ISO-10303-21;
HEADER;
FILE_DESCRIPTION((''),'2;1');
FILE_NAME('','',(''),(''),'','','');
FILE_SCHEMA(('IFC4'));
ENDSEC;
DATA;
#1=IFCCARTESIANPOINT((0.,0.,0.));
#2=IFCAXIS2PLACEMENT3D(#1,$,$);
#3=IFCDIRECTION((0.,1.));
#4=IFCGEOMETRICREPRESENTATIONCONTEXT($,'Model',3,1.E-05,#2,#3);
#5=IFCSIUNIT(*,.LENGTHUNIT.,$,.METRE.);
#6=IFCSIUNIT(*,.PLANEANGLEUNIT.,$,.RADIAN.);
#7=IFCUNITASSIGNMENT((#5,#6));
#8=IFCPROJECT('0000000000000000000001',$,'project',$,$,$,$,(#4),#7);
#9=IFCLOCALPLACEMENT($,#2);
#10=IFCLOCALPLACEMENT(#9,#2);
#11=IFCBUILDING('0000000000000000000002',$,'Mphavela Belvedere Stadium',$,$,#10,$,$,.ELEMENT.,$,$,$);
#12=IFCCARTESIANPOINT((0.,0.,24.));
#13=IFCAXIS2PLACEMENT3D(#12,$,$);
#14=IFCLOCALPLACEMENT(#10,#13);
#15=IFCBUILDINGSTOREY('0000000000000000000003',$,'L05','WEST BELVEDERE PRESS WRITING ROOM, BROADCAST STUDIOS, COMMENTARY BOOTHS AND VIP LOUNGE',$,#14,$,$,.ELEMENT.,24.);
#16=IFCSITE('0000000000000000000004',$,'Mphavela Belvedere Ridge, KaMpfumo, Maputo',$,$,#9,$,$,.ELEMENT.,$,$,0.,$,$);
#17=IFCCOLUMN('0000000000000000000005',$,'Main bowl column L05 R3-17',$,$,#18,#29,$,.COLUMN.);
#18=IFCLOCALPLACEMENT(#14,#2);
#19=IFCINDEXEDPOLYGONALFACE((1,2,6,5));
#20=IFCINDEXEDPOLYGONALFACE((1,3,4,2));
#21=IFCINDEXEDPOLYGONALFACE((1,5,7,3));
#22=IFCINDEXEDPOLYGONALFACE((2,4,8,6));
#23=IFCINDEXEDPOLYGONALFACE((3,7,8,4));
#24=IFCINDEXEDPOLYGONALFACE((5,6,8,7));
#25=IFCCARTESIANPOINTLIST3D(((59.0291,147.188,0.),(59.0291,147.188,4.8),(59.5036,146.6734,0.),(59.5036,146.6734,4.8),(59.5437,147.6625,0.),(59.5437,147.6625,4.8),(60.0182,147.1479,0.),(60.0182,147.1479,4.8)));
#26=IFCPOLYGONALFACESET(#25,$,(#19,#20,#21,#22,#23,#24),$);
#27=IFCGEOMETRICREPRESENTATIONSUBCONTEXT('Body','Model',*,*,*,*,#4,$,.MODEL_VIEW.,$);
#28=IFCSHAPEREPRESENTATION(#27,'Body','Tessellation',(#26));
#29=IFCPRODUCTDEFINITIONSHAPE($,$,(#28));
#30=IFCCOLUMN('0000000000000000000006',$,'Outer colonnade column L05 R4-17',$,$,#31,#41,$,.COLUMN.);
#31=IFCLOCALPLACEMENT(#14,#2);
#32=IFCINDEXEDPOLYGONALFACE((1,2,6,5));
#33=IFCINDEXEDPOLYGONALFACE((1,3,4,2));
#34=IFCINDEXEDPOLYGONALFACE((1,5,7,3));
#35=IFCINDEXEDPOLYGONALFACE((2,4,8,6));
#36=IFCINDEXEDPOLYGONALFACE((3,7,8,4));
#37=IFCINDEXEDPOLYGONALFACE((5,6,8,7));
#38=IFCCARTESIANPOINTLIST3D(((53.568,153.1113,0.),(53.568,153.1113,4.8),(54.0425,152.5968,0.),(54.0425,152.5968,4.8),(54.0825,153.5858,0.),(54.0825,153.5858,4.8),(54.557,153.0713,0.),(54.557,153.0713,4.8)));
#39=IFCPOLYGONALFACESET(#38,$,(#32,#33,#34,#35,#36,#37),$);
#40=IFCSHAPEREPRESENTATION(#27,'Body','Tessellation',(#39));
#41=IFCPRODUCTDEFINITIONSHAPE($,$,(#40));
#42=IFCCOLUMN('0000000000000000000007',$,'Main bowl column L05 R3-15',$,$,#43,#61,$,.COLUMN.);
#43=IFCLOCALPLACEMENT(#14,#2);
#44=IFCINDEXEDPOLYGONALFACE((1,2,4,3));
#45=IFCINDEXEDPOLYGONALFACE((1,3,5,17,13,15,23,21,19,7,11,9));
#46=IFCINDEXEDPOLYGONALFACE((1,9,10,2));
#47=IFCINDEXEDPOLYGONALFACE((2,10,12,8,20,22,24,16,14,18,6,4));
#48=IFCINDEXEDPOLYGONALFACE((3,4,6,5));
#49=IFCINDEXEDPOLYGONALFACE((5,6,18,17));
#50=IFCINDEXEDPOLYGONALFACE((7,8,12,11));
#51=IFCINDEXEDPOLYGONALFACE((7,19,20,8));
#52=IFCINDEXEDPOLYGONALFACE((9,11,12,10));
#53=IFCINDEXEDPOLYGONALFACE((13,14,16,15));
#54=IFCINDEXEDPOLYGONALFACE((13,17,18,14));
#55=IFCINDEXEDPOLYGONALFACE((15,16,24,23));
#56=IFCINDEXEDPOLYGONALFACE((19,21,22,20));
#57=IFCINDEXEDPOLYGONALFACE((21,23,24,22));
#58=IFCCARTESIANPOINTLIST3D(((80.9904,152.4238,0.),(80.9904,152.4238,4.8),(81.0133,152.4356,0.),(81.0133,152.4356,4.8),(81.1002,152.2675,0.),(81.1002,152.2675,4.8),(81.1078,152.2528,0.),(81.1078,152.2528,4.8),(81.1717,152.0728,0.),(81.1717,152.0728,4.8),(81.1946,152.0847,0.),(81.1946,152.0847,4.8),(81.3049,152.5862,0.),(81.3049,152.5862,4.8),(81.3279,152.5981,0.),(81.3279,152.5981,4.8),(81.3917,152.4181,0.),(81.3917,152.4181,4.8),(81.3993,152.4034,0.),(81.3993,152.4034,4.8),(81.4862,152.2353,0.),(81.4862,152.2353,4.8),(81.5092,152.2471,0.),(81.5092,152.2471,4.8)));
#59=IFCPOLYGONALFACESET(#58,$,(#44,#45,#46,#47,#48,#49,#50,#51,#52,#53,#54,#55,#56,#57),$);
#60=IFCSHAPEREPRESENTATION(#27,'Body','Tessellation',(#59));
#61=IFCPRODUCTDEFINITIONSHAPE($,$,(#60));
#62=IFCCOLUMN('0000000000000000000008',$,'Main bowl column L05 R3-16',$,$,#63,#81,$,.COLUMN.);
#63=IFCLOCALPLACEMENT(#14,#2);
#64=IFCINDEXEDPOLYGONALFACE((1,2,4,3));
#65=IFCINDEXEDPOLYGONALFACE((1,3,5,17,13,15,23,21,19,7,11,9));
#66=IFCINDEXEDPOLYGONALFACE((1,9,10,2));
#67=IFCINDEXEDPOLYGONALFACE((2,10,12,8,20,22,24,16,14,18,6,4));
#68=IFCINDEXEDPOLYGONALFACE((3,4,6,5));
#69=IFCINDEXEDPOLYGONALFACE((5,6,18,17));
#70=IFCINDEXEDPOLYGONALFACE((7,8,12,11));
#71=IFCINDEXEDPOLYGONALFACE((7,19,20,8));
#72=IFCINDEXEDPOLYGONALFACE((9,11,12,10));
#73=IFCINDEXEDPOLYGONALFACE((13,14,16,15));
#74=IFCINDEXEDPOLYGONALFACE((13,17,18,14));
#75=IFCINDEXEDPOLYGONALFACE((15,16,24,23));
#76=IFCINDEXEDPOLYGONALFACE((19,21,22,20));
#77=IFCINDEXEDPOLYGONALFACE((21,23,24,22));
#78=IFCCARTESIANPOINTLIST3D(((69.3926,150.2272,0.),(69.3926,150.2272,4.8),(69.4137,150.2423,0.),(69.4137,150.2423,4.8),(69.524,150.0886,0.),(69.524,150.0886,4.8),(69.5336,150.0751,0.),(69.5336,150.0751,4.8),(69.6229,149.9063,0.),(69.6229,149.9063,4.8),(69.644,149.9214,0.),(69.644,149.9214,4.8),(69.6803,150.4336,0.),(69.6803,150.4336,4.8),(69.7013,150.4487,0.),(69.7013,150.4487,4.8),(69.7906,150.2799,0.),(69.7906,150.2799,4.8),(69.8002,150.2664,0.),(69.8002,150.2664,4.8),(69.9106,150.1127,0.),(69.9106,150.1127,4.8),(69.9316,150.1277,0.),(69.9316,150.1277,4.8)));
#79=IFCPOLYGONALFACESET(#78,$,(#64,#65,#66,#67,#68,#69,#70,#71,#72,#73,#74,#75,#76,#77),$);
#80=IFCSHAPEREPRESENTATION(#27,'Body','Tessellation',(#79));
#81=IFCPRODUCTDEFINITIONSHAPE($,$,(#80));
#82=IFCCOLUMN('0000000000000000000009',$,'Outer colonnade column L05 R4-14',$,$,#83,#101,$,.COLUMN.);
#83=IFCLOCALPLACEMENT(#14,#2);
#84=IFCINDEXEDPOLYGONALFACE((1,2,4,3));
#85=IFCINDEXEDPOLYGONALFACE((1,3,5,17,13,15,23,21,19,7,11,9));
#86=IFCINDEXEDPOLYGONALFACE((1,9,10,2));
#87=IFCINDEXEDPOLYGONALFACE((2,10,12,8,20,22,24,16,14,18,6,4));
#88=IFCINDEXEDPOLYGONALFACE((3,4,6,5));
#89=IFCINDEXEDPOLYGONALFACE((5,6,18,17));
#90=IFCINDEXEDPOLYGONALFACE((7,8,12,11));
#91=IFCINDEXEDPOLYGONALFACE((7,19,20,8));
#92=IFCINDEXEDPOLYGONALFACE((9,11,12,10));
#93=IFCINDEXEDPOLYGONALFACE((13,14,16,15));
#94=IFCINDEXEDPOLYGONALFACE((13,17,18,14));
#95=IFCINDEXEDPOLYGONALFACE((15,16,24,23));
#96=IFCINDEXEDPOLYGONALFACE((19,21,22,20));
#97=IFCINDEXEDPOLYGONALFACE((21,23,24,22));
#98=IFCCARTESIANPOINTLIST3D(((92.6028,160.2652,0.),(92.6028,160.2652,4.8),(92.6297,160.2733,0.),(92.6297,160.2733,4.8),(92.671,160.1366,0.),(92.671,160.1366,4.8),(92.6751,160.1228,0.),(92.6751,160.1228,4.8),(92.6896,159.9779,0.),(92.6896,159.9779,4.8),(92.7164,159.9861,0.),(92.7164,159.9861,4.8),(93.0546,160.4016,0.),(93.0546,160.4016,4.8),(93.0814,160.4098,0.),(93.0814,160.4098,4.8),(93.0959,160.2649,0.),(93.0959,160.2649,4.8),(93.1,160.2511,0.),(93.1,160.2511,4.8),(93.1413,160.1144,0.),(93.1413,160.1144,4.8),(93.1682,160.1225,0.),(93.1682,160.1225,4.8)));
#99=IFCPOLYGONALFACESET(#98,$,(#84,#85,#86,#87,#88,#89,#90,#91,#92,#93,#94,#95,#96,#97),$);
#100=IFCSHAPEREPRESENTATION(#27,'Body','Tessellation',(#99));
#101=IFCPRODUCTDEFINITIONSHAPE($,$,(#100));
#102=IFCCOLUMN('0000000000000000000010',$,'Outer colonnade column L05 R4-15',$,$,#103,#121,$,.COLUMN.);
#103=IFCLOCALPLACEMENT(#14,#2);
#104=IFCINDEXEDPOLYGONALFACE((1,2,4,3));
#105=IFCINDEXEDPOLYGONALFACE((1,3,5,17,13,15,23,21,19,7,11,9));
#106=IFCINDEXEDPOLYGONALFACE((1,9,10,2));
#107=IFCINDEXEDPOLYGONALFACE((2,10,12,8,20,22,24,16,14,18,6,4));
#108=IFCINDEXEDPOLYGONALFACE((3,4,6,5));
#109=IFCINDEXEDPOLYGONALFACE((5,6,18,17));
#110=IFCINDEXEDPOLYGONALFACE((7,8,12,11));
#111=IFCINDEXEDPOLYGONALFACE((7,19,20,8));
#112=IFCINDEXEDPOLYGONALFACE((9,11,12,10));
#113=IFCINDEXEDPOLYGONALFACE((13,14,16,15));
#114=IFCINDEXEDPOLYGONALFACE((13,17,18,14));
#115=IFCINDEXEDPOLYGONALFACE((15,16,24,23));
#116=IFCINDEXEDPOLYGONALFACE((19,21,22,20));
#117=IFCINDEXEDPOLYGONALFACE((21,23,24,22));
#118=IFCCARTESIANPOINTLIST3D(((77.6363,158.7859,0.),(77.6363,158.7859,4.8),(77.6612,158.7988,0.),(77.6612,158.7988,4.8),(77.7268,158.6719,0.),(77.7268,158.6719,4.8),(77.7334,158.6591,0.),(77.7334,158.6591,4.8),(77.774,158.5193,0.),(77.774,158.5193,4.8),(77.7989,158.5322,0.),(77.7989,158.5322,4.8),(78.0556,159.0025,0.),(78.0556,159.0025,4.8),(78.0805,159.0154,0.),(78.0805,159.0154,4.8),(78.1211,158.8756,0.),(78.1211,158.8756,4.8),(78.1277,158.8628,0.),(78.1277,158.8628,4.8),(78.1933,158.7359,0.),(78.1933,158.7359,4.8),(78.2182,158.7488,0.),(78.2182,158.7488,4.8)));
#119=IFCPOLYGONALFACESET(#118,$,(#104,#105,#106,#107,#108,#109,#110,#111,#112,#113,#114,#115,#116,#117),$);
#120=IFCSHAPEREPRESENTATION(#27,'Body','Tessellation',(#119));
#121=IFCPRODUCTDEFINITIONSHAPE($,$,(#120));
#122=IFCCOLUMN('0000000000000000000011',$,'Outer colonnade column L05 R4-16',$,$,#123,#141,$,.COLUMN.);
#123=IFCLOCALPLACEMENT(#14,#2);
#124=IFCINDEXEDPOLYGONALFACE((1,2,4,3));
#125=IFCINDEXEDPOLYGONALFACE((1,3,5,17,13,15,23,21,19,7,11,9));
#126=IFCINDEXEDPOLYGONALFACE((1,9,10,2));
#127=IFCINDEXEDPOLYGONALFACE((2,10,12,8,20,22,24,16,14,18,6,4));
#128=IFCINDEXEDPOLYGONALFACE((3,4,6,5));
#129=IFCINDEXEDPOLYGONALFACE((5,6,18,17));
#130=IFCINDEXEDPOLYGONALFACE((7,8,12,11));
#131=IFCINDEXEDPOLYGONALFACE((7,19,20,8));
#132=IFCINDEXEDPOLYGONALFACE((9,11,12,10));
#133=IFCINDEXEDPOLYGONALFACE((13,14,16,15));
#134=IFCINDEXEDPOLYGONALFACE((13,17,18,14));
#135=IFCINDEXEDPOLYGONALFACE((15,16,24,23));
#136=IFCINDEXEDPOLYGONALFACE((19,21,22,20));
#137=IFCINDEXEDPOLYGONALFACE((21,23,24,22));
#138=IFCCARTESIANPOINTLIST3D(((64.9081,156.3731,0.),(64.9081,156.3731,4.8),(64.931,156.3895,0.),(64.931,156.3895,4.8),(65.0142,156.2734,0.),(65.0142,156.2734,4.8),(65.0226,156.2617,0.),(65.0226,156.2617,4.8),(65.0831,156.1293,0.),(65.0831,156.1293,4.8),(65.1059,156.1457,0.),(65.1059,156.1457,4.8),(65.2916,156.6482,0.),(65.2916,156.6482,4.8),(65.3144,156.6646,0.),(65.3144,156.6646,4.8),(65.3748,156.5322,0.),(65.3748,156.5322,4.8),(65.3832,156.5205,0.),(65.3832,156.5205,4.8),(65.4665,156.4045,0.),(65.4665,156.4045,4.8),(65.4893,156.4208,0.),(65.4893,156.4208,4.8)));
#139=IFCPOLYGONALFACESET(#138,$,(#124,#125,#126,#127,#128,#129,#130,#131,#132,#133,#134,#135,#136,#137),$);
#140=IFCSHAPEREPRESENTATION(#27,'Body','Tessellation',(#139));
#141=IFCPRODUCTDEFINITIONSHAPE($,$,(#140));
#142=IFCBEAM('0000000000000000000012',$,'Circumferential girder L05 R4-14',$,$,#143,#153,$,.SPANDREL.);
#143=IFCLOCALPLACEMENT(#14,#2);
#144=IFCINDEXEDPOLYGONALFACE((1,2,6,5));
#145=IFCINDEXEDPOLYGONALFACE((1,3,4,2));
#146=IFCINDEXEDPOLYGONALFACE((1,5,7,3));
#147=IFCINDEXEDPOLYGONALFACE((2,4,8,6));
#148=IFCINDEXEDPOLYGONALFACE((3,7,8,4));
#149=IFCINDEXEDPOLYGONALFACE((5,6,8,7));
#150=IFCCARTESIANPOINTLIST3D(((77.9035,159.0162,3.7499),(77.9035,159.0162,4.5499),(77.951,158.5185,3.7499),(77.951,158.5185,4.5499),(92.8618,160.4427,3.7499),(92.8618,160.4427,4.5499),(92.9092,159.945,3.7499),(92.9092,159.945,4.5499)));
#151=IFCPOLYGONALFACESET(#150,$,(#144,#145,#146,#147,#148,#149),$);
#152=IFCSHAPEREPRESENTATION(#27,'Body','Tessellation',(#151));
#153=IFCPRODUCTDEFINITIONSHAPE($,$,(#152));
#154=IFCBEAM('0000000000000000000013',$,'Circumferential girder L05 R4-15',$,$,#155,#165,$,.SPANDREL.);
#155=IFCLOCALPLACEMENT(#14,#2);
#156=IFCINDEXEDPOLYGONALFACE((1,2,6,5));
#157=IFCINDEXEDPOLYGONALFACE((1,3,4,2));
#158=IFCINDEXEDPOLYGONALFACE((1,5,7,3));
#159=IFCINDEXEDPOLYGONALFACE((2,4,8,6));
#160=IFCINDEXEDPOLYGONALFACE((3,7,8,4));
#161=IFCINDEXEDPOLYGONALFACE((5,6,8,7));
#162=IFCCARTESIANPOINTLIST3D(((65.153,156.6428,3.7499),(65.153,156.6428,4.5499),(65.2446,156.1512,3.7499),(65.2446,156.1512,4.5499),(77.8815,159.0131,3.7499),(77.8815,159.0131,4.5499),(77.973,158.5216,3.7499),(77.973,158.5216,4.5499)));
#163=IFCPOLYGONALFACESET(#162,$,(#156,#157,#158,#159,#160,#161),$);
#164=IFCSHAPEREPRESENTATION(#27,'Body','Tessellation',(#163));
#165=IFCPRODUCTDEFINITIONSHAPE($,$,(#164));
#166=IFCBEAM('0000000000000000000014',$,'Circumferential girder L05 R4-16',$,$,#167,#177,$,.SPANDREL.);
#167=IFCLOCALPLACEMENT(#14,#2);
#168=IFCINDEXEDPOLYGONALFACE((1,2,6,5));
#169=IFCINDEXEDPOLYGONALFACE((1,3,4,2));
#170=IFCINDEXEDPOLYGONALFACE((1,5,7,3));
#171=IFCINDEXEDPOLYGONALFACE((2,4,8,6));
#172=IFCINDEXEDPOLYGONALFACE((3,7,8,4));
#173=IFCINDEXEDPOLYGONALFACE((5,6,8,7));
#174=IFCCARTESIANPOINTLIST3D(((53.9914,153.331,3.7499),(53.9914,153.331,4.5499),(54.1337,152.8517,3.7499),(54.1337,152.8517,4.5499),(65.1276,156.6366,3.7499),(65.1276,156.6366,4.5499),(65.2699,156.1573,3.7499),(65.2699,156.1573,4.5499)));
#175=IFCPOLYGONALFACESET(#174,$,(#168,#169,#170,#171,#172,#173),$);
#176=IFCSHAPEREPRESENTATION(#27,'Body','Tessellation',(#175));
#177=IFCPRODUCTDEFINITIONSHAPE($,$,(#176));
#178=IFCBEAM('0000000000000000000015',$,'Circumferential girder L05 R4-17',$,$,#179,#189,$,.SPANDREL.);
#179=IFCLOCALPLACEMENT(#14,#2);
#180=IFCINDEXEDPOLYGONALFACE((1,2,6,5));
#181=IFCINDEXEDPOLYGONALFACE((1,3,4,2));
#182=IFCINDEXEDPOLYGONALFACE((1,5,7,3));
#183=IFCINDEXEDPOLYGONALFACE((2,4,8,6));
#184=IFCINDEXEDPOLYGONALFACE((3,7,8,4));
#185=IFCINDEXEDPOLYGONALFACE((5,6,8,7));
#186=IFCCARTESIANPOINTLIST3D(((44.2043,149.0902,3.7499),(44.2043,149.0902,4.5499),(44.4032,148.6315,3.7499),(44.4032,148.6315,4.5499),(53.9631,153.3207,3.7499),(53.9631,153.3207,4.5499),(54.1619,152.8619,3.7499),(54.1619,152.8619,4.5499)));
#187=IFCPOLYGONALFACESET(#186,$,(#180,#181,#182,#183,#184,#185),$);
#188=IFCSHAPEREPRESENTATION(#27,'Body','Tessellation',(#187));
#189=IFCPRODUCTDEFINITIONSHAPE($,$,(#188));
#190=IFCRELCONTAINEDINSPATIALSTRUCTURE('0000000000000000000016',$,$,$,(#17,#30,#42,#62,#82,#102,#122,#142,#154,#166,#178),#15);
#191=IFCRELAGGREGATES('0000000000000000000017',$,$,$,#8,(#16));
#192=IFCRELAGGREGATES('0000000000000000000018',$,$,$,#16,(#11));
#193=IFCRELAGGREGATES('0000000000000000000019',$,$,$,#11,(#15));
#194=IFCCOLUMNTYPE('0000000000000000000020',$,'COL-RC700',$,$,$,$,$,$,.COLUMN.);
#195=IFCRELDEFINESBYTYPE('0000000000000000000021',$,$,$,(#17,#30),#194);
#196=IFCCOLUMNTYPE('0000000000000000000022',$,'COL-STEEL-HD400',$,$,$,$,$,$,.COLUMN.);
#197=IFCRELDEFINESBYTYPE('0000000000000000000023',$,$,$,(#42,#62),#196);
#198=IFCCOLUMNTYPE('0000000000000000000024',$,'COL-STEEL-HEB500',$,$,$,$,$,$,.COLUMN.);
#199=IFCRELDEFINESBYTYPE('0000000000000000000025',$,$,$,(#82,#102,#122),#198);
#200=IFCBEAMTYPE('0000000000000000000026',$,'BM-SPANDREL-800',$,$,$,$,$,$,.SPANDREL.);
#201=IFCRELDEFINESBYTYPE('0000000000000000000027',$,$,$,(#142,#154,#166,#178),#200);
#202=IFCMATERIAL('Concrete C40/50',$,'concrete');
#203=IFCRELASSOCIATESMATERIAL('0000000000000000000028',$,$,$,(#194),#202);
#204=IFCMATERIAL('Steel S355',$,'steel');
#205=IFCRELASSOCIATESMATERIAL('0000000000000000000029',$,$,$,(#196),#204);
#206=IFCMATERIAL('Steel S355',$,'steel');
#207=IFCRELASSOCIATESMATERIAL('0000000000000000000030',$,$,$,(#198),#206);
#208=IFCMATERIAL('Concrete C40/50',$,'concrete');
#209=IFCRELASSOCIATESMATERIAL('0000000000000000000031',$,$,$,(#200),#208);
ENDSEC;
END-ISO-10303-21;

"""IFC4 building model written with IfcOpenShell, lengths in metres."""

from ifc_helpers import new_model, si_unit, direction, frame, origin, origin_2d, place, context, subcontext, project, spatial, rectangle, i_section, extrude, material, material_profile, profile_set, type_object, element, save


model = new_model("IFC4")

# Units and contexts
model_context = context("Model", 3, precision=1e-05, world=origin(), true_north=direction((0.0, 1.0)))
body_context = subcontext(model_context, "Body", "Model", "MODEL_VIEW")
ifc_project = project(units=[si_unit("LENGTHUNIT", "METRE"), si_unit("PLANEANGLEUNIT", "RADIAN")], contexts=[model_context])

# Site, building, storey
site_placement = place(None, origin())
site = spatial("IfcSite", under=ifc_project, at=site_placement, Name="Mphavela Belvedere Ridge, KaMpfumo, Maputo", CompositionType="ELEMENT", RefElevation=0.0)
building_placement = place(site_placement, origin())
building = spatial("IfcBuilding", under=site, at=building_placement, Name="Mphavela Belvedere Stadium", CompositionType="ELEMENT")
storey_placement = place(building_placement, frame((0.0, 0.0, 24.0)))
storey = spatial("IfcBuildingStorey", under=building, at=storey_placement, Name="L05", Description="WEST BELVEDERE PRESS WRITING ROOM, BROADCAST STUDIOS, COMMENTARY BOOTHS AND VIP LOUNGE", CompositionType="ELEMENT", Elevation=24.0)

# Columns
ifc_material_1 = material(Name="Concrete C40/50", Category="concrete")
ifc_material_profile_1 = material_profile(ifc_material_1, rectangle(XDim=0.7, YDim=0.7, at=origin_2d()), Name="RC 700x700")
ifc_profile_set_1 = profile_set([ifc_material_profile_1], Name="Concrete C40/50")
column_type_1 = type_object("IfcColumnType", Name="COL-RC700", PredefinedType="COLUMN", material=ifc_profile_set_1)
for number, where, z_axis, x_axis, name in (
    (1, (59.5237, 147.168, 0.0), (0.0, 0.0, 1.0), (-0.677903, 0.735151, 0.0), "Main bowl column L05 R3-17"),
    (2, (54.0625, 153.0913, 0.0), (0.0, 0.0, 1.0), (-0.677903, 0.735151, 0.0), "Outer colonnade column L05 R4-17"),
):
    element("IfcColumn", number, at=place(storey_placement, frame(where, z_axis=z_axis, x_axis=x_axis)), inside=storey, type_object=column_type_1, Name=name, PredefinedType="COLUMN", context=body_context, shape_type="SweptSolid", body=[
        extrude(rectangle(XDim=0.7, YDim=0.7, at=origin_2d()), origin(), (0.0, 0.0, 1.0), 4.8),
    ])
ifc_material_2 = material(Name="Steel S355", Category="steel")
ifc_material_profile_2 = material_profile(ifc_material_2, i_section(OverallWidth=0.395, OverallDepth=0.3799, WebThickness=0.0166, FlangeThickness=0.0259, at=origin_2d()), Name="HD 400x237")
ifc_profile_set_2 = profile_set([ifc_material_profile_2], Name="Steel S355")
column_type_2 = type_object("IfcColumnType", Name="COL-STEEL-HD400", PredefinedType="COLUMN", material=ifc_profile_set_2)
for number, where, z_axis, x_axis, name in (
    (3, (81.2498, 152.3354, 0.0), (0.0, 0.0, 1.0), (-0.45896, 0.888457, 0.0), "Main bowl column L05 R3-15"),
    (4, (69.6621, 150.1775, 0.0), (0.0, 0.0, 1.0), (-0.582974, 0.812491, 0.0), "Main bowl column L05 R3-16"),
):
    element("IfcColumn", number, at=place(storey_placement, frame(where, z_axis=z_axis, x_axis=x_axis)), inside=storey, type_object=column_type_2, Name=name, PredefinedType="COLUMN", context=body_context, shape_type="SweptSolid", body=[
        extrude(i_section(OverallWidth=0.395, OverallDepth=0.3799, WebThickness=0.0166, FlangeThickness=0.0259, at=origin_2d()), origin(), (0.0, 0.0, 1.0), 4.8),
    ])
ifc_material_3 = material(Name="Steel S355", Category="steel")
ifc_material_profile_3 = material_profile(ifc_material_3, i_section(OverallWidth=0.3, OverallDepth=0.5, WebThickness=0.0144, FlangeThickness=0.0281, at=origin_2d()), Name="HEB 500")
ifc_profile_set_3 = profile_set([ifc_material_profile_3], Name="Steel S355")
column_type_3 = type_object("IfcColumnType", Name="COL-STEEL-HEB500", PredefinedType="COLUMN", material=ifc_profile_set_3)
for number, where, z_axis, x_axis, name in (
    (5, (92.8855, 160.1938, 0.0), (0.0, 0.0, 1.0), (-0.289199, 0.957269, 0.0), "Outer colonnade column L05 R4-14"),
    (6, (77.9272, 158.7673, 0.0), (0.0, 0.0, 1.0), (-0.45896, 0.888457, 0.0), "Outer colonnade column L05 R4-15"),
    (7, (65.1987, 156.397, 0.0), (0.0, 0.0, 1.0), (-0.582974, 0.812491, 0.0), "Outer colonnade column L05 R4-16"),
):
    element("IfcColumn", number, at=place(storey_placement, frame(where, z_axis=z_axis, x_axis=x_axis)), inside=storey, type_object=column_type_3, Name=name, PredefinedType="COLUMN", context=body_context, shape_type="SweptSolid", body=[
        extrude(i_section(OverallWidth=0.3, OverallDepth=0.5, WebThickness=0.0144, FlangeThickness=0.0281, at=origin_2d()), origin(), (0.0, 0.0, 1.0), 4.8),
    ])

# Beams
ifc_material_4 = material(Name="Concrete C40/50", Category="concrete")
ifc_material_profile_4 = material_profile(ifc_material_4, rectangle(XDim=0.5, YDim=0.8, at=origin_2d()), Name="RC 500x800")
ifc_profile_set_4 = profile_set([ifc_material_profile_4], Name="Concrete C40/50")
beam_type_1 = type_object("IfcBeamType", Name="BM-SPANDREL-800", PredefinedType="SPANDREL", material=ifc_profile_set_4)
beam_1_placement = place(storey_placement, frame((92.8855, 160.1938, 4.1499), z_axis=(-0.995483, -0.094936, 0.0), x_axis=(0.094936, -0.995483, 0.0)))
element("IfcBeam", 8, at=beam_1_placement, inside=storey, type_object=beam_type_1, Name="Circumferential girder L05 R4-14", PredefinedType="SPANDREL", context=body_context, shape_type="SweptSolid", body=[
    extrude(rectangle(XDim=0.5, YDim=0.8, at=origin_2d()), origin(), (0.0, 0.0, 1.0), 15.0261),
])
beam_2_placement = place(storey_placement, frame((77.9272, 158.7673, 4.1499), z_axis=(-0.983099, -0.183077, 0.0), x_axis=(0.183077, -0.983099, 0.0)))
element("IfcBeam", 9, at=beam_2_placement, inside=storey, type_object=beam_type_1, Name="Circumferential girder L05 R4-15", PredefinedType="SPANDREL", context=body_context, shape_type="SweptSolid", body=[
    extrude(rectangle(XDim=0.5, YDim=0.8, at=origin_2d()), origin(), (0.0, 0.0, 1.0), 12.9473),
])
beam_3_placement = place(storey_placement, frame((65.1987, 156.397, 4.1499), z_axis=(-0.958656, -0.284566, 0.0), x_axis=(0.284566, -0.958656, 0.0)))
element("IfcBeam", 10, at=beam_3_placement, inside=storey, type_object=beam_type_1, Name="Circumferential girder L05 R4-16", PredefinedType="SPANDREL", context=body_context, shape_type="SweptSolid", body=[
    extrude(rectangle(XDim=0.5, YDim=0.8, at=origin_2d()), origin(), (0.0, 0.0, 1.0), 11.6165),
])
beam_4_placement = place(storey_placement, frame((54.0625, 153.0913, 4.1499), z_axis=(-0.917499, -0.397739, 0.0), x_axis=(0.397739, -0.917499, 0.0)))
element("IfcBeam", 11, at=beam_4_placement, inside=storey, type_object=beam_type_1, Name="Circumferential girder L05 R4-17", PredefinedType="SPANDREL", context=body_context, shape_type="SweptSolid", body=[
    extrude(rectangle(XDim=0.5, YDim=0.8, at=origin_2d()), origin(), (0.0, 0.0, 1.0), 10.6362),
])

save(model, "model.ifc")
